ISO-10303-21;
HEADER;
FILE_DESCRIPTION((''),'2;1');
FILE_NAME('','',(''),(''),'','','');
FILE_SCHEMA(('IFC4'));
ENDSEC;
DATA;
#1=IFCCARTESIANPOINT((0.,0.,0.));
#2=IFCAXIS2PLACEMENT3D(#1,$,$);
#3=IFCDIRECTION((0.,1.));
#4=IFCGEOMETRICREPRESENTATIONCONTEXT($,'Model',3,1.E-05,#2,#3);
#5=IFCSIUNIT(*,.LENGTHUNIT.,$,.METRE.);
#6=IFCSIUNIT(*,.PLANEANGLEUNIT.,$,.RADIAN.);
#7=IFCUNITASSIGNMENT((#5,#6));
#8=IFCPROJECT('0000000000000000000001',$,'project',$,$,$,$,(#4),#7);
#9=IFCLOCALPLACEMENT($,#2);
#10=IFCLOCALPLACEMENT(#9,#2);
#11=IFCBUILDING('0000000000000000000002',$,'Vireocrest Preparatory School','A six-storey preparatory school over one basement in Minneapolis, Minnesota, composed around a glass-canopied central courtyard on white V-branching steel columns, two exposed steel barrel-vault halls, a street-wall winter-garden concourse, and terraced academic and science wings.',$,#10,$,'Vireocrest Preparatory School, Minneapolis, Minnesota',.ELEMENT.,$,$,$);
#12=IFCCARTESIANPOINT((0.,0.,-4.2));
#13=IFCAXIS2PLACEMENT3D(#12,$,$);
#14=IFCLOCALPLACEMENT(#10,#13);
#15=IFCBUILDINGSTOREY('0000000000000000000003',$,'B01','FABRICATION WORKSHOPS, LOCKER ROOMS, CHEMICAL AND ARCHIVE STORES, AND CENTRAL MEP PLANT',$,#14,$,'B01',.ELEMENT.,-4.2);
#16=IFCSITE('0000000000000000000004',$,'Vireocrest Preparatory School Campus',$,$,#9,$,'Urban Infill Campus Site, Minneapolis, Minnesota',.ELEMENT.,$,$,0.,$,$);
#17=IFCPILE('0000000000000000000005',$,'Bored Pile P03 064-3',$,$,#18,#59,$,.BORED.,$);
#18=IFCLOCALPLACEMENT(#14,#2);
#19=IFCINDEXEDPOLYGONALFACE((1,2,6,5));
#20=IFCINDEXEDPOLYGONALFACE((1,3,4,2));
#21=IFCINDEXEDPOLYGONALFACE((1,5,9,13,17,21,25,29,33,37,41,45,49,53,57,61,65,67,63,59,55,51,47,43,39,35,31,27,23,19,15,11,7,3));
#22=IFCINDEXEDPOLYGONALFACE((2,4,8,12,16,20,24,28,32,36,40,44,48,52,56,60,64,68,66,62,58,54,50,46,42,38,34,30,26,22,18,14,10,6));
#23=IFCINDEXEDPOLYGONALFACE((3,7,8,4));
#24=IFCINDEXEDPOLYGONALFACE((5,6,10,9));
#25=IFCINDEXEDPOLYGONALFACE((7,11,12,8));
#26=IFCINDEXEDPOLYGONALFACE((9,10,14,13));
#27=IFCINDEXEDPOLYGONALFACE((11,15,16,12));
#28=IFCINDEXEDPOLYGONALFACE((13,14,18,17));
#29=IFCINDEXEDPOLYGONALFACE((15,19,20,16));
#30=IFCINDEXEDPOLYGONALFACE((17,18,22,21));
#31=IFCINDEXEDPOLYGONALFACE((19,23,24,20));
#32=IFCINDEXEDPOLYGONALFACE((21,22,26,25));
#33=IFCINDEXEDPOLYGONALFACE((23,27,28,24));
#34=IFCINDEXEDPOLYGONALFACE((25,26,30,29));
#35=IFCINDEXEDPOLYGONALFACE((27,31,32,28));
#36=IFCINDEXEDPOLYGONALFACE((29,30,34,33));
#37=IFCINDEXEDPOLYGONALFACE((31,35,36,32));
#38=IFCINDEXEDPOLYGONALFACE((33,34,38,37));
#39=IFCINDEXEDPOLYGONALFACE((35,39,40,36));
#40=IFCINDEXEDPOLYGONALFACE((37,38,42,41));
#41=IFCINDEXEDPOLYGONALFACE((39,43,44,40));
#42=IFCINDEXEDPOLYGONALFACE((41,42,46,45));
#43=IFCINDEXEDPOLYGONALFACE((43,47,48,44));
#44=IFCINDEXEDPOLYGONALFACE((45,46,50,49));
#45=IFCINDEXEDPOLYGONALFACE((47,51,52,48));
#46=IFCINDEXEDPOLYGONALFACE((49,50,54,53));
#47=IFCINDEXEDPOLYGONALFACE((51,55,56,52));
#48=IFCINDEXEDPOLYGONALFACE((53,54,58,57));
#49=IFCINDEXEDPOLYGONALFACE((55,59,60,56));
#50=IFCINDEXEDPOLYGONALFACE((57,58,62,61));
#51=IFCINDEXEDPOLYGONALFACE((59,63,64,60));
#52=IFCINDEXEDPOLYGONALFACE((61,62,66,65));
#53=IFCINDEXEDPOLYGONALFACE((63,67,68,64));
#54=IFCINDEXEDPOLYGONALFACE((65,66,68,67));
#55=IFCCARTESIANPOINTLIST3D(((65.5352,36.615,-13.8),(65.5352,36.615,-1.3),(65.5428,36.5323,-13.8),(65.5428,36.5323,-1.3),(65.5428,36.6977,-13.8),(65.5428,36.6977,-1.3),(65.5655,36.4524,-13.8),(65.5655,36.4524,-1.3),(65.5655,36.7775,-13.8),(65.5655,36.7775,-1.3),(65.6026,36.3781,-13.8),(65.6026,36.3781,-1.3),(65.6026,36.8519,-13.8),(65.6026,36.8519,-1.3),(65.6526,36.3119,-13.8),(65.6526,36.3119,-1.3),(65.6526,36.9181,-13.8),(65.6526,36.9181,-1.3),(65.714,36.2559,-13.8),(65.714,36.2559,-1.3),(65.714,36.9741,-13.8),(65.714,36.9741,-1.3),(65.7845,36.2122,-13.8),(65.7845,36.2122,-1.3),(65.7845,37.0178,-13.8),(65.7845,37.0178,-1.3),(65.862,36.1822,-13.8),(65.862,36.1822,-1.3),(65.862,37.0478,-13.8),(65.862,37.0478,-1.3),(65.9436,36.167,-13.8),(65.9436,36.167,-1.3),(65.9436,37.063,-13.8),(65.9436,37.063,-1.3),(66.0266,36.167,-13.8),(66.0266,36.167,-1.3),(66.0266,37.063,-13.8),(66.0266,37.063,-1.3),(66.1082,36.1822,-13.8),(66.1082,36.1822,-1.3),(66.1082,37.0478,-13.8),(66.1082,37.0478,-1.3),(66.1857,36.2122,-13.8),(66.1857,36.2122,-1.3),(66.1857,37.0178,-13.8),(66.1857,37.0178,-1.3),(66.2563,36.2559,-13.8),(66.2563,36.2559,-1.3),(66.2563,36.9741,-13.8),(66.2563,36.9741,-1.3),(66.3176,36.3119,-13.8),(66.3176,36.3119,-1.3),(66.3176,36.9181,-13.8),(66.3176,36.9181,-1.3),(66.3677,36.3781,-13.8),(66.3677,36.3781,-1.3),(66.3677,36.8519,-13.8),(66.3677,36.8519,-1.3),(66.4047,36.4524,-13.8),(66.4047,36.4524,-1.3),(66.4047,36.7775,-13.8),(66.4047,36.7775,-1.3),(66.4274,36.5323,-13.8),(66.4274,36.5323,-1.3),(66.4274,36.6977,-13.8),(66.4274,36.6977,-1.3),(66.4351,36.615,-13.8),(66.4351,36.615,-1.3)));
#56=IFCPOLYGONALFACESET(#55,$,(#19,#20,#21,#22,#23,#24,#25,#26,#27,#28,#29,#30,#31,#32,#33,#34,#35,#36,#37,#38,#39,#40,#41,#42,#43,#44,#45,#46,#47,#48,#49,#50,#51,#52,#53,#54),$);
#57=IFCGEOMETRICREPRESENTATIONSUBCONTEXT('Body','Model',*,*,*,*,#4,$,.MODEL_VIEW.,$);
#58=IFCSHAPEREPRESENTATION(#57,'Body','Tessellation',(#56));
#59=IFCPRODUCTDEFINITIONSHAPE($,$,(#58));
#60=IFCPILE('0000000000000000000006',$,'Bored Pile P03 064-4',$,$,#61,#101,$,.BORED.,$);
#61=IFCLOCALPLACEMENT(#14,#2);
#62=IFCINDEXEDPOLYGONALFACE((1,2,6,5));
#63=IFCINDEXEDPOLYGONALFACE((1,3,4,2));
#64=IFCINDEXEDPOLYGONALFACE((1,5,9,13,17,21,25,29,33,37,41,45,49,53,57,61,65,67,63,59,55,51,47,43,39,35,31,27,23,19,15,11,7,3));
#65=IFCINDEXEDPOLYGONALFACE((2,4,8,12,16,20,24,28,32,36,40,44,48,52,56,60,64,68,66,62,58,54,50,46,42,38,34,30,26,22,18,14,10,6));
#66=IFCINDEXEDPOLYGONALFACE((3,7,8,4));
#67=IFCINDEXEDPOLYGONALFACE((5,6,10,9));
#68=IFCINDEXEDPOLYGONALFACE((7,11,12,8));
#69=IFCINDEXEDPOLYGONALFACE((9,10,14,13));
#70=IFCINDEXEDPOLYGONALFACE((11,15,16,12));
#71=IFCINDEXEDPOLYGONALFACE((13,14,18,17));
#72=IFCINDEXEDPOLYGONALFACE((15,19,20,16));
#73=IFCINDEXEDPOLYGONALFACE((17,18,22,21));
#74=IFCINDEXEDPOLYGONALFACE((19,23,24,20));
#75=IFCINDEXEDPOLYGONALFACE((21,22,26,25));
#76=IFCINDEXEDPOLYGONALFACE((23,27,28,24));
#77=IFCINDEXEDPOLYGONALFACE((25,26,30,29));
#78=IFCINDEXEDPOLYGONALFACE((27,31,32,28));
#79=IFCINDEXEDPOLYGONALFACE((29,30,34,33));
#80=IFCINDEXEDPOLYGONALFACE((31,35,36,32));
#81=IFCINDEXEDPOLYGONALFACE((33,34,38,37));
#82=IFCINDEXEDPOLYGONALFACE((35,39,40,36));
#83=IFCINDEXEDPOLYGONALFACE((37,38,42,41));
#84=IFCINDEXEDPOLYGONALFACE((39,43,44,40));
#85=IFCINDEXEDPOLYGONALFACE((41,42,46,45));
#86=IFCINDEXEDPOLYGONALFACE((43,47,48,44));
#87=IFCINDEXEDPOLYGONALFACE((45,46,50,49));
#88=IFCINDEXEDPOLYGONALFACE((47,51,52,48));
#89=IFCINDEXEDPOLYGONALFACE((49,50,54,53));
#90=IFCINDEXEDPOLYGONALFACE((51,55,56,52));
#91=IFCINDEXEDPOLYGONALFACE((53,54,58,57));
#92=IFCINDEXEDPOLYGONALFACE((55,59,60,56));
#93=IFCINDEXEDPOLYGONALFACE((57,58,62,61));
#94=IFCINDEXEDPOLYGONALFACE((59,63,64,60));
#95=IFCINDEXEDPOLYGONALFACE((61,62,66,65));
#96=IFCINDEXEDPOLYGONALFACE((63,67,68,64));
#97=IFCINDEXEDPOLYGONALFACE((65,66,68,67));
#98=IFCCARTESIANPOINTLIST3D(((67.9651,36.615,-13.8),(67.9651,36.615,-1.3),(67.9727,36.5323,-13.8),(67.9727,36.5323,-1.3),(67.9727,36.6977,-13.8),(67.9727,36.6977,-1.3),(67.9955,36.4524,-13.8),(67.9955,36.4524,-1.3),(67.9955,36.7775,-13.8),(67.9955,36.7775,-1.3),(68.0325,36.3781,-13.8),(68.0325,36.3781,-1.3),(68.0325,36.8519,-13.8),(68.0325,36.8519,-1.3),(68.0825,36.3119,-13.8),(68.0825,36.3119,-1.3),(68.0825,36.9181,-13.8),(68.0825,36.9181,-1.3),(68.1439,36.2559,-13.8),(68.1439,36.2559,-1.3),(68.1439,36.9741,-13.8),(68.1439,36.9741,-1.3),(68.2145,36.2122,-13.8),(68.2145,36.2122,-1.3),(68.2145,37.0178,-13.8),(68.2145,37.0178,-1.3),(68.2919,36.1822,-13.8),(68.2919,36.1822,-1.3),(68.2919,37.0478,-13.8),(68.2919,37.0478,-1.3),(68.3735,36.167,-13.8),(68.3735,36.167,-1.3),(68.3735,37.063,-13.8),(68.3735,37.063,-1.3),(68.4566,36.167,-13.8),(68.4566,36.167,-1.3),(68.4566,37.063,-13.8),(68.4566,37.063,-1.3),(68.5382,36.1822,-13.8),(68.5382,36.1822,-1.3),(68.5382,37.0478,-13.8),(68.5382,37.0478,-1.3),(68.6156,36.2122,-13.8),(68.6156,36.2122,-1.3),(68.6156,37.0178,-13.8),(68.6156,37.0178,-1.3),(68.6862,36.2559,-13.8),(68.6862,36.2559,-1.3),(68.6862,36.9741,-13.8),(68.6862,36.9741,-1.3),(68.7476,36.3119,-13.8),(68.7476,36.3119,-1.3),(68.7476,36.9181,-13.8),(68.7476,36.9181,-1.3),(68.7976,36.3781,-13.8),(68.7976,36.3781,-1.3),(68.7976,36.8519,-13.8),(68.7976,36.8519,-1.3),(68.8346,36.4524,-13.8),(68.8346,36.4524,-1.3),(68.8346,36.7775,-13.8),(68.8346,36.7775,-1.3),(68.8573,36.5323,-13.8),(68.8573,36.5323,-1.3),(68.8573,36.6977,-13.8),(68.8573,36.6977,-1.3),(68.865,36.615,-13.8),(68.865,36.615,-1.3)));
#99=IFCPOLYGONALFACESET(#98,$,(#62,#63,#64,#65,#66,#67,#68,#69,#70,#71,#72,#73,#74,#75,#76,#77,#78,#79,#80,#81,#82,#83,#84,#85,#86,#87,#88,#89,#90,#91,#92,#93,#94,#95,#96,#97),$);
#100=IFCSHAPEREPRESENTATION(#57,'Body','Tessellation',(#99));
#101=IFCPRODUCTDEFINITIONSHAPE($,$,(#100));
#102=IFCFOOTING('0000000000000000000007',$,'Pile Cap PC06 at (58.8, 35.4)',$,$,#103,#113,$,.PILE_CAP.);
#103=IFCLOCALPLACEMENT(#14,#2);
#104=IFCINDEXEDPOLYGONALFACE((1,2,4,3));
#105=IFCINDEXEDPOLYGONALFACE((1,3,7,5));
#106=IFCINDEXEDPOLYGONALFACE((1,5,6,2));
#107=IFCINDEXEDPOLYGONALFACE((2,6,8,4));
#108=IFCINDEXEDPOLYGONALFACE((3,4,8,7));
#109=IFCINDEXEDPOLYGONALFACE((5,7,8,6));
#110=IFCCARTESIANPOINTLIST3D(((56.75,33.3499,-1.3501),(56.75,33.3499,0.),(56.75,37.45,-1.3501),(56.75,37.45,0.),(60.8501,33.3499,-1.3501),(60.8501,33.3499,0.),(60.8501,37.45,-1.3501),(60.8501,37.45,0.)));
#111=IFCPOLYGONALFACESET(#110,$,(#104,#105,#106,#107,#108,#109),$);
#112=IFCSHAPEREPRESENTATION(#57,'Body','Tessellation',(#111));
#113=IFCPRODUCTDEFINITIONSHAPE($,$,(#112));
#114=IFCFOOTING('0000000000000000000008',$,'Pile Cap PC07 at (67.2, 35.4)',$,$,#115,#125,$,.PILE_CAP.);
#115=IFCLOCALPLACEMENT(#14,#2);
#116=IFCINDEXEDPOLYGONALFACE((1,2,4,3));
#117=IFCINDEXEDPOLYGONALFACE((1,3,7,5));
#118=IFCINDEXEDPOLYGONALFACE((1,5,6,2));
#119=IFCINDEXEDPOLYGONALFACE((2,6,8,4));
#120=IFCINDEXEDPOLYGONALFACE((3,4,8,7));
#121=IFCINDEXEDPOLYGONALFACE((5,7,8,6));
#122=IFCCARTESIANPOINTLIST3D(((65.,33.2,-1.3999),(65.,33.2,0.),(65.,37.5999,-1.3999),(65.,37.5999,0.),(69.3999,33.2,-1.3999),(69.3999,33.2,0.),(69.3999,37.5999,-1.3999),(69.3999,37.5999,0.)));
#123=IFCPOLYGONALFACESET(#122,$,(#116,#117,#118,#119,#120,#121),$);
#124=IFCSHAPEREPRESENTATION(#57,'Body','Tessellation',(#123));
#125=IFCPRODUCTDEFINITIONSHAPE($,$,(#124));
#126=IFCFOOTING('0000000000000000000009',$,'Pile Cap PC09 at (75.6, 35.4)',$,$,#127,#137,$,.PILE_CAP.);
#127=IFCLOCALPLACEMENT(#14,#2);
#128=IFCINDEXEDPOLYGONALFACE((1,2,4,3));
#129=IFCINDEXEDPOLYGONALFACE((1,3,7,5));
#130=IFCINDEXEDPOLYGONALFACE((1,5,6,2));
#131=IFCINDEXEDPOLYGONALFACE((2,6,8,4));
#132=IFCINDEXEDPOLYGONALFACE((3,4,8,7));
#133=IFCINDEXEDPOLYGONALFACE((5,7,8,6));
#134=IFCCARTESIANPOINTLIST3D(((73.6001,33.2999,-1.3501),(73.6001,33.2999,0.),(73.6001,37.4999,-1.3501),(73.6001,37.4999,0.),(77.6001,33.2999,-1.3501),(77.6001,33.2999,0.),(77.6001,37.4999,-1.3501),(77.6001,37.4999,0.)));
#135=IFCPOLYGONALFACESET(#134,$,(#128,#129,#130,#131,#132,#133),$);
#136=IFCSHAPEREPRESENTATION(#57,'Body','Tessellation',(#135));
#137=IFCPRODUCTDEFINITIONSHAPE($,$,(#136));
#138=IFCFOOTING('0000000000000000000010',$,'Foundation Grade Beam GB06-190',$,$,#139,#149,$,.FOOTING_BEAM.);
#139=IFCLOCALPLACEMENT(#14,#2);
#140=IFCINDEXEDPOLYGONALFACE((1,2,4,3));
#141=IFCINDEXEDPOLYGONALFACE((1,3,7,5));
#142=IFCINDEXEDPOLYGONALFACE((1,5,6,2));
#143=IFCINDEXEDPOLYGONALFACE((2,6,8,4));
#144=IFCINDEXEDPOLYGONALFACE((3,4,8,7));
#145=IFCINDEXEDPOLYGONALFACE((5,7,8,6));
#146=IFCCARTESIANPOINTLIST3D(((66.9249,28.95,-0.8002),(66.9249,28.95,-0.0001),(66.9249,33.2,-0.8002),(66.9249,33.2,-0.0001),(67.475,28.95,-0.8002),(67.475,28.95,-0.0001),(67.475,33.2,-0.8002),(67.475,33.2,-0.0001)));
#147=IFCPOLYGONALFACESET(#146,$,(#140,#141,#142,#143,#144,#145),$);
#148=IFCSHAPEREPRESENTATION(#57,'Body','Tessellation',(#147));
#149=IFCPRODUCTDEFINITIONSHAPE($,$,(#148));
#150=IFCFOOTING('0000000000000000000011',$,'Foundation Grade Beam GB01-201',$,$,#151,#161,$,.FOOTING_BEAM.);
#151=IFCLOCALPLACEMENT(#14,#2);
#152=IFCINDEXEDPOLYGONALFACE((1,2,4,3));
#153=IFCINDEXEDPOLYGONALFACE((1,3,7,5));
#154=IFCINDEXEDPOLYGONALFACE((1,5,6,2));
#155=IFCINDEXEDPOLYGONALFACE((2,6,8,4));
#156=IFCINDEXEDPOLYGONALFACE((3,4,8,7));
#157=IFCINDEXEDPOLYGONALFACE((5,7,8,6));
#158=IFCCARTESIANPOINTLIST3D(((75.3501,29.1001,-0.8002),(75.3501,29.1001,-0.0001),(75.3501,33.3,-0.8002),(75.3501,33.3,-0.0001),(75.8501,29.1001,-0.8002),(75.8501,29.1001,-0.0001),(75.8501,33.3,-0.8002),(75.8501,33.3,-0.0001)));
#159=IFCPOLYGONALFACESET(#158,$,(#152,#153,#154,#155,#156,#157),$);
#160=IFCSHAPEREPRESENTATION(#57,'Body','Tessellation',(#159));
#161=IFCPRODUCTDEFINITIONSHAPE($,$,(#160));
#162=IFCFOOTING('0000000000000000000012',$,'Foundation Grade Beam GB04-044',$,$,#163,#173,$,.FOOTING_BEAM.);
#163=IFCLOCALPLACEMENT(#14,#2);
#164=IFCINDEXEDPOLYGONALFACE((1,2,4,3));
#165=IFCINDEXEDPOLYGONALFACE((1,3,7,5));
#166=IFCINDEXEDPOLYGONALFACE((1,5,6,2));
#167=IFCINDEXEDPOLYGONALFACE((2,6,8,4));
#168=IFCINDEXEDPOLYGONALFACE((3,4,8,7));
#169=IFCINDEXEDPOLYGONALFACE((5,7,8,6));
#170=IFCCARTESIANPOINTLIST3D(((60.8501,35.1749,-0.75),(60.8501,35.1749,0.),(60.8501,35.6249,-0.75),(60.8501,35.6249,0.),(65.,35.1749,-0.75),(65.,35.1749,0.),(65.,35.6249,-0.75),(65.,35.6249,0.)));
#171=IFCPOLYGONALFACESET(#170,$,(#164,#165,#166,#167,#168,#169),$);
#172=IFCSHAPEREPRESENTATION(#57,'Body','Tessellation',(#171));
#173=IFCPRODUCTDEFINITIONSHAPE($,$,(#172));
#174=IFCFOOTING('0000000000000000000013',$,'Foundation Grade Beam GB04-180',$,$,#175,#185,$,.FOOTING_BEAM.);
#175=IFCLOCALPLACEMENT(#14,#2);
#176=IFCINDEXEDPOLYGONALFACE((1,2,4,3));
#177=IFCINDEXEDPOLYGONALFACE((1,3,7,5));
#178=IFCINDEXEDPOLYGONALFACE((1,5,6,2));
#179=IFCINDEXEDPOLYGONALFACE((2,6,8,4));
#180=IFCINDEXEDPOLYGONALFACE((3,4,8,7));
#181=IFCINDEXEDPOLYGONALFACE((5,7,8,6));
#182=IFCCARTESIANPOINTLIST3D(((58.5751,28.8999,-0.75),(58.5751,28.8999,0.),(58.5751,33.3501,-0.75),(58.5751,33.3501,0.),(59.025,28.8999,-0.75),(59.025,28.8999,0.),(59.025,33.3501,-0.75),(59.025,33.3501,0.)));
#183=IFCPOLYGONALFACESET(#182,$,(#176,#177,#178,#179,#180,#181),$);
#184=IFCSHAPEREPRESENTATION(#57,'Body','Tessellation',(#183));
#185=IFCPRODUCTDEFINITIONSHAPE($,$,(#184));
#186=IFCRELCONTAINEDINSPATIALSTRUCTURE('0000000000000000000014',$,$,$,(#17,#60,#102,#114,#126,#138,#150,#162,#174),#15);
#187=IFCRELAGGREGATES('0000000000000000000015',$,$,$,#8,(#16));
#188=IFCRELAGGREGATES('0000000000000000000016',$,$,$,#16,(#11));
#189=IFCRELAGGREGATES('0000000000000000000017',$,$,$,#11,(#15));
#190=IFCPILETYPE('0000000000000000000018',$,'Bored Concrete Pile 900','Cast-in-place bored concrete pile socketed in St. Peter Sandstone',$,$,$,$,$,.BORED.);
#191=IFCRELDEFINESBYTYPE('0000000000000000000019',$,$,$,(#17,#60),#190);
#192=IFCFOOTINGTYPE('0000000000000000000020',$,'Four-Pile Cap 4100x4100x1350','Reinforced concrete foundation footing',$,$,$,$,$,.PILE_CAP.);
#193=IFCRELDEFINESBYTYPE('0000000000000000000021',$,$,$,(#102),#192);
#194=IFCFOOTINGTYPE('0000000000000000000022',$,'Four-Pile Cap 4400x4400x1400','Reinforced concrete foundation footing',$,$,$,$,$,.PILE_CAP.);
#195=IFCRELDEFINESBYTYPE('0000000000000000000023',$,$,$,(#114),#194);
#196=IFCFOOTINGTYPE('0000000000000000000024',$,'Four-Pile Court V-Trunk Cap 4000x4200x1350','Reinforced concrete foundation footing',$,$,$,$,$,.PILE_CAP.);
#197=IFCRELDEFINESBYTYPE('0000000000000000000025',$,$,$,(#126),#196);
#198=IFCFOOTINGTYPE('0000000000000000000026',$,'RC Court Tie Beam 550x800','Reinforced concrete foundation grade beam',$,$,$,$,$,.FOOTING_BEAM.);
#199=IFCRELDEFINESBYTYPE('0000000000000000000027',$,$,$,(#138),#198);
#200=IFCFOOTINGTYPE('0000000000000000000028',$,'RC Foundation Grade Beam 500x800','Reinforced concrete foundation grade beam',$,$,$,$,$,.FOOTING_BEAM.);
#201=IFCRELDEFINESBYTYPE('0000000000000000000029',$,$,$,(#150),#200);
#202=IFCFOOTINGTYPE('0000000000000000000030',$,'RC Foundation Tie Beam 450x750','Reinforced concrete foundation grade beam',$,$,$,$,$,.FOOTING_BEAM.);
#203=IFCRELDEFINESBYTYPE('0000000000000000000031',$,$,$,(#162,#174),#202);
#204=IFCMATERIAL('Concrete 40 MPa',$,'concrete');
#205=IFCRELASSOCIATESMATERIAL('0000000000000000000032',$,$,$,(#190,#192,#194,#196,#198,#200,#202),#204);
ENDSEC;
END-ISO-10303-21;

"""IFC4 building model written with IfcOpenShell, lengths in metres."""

from ifc_helpers import new_model, si_unit, direction, frame, origin, origin_2d, place, context, subcontext, project, spatial, rectangle, circle, extrude, material, material_profile, profile_set, type_object, element, save


model = new_model("IFC4")

# Units and contexts
model_context = context("Model", 3, precision=1e-05, world=origin(), true_north=direction((0.0, 1.0)))
body_context = subcontext(model_context, "Body", "Model", "MODEL_VIEW")
ifc_project = project(units=[si_unit("LENGTHUNIT", "METRE"), si_unit("PLANEANGLEUNIT", "RADIAN")], contexts=[model_context])

# Site, building, storey
site_placement = place(None, origin())
site = spatial("IfcSite", under=ifc_project, at=site_placement, Name="Vireocrest Preparatory School Campus", LongName="Urban Infill Campus Site, Minneapolis, Minnesota", CompositionType="ELEMENT", RefElevation=0.0)
building_placement = place(site_placement, origin())
building = spatial("IfcBuilding", under=site, at=building_placement, Name="Vireocrest Preparatory School", Description="A six-storey preparatory school over one basement in Minneapolis, Minnesota, composed around a glass-canopied central courtyard on white V-branching steel columns, two exposed steel barrel-vault halls, a street-wall winter-garden concourse, and terraced academic and science wings.", LongName="Vireocrest Preparatory School, Minneapolis, Minnesota", CompositionType="ELEMENT")
storey_placement = place(building_placement, frame((0.0, 0.0, -4.2)))
storey = spatial("IfcBuildingStorey", under=building, at=storey_placement, Name="B01", Description="FABRICATION WORKSHOPS, LOCKER ROOMS, CHEMICAL AND ARCHIVE STORES, AND CENTRAL MEP PLANT", LongName="B01", CompositionType="ELEMENT", Elevation=-4.2)

# Piles
ifc_material_1 = material(Name="Concrete 40 MPa", Category="concrete")
ifc_material_profile_1 = material_profile(ifc_material_1, circle(Radius=0.45, at=origin_2d()), Name="BORED PILE 900")
ifc_profile_set_1 = profile_set([ifc_material_profile_1], Name="Concrete 40 MPa")
pile_type_1 = type_object("IfcPileType", Name="Bored Concrete Pile 900", Description="Cast-in-place bored concrete pile socketed in St. Peter Sandstone", PredefinedType="BORED", material=ifc_profile_set_1)
for number, where, z_axis, x_axis, name in (
    (1, (65.9851, 36.615, -1.3), (0.0, 0.0, -1.0), (1.0, 0.0, 0.0), "Bored Pile P03 064-3"),
    (2, (68.415, 36.615, -1.3), (0.0, 0.0, -1.0), (1.0, 0.0, 0.0), "Bored Pile P03 064-4"),
):
    element("IfcPile", number, at=place(storey_placement, frame(where, z_axis=z_axis, x_axis=x_axis)), inside=storey, type_object=pile_type_1, Name=name, PredefinedType="BORED", context=body_context, shape_type="SweptSolid", body=[
        extrude(circle(Radius=0.45, at=origin_2d()), origin(), (0.0, 0.0, 1.0), 12.5),
    ])

# Footings
footing_type_1 = type_object("IfcFootingType", Name="Four-Pile Cap 4100x4100x1350", Description="Reinforced concrete foundation footing", PredefinedType="PILE_CAP", material=ifc_material_1)
footing_1_placement = place(storey_placement, frame((58.8, 35.3999, -1.3501), z_axis=(0.0, 0.0, 1.0), x_axis=(1.0, 0.0, 0.0)))
element("IfcFooting", 3, at=footing_1_placement, inside=storey, type_object=footing_type_1, Name="Pile Cap PC06 at (58.8, 35.4)", PredefinedType="PILE_CAP", context=body_context, shape_type="SweptSolid", body=[
    extrude(rectangle(XDim=4.1001, YDim=4.1001, at=origin_2d()), origin(), (0.0, 0.0, 1.0), 1.3501),
])
footing_type_2 = type_object("IfcFootingType", Name="Four-Pile Cap 4400x4400x1400", Description="Reinforced concrete foundation footing", PredefinedType="PILE_CAP", material=ifc_material_1)
footing_2_placement = place(storey_placement, frame((67.2, 35.3999, -1.3999), z_axis=(0.0, 0.0, 1.0), x_axis=(1.0, 0.0, 0.0)))
element("IfcFooting", 4, at=footing_2_placement, inside=storey, type_object=footing_type_2, Name="Pile Cap PC07 at (67.2, 35.4)", PredefinedType="PILE_CAP", context=body_context, shape_type="SweptSolid", body=[
    extrude(rectangle(XDim=4.3999, YDim=4.3999, at=origin_2d()), origin(), (0.0, 0.0, 1.0), 1.3999),
])
footing_type_3 = type_object("IfcFootingType", Name="Four-Pile Court V-Trunk Cap 4000x4200x1350", Description="Reinforced concrete foundation footing", PredefinedType="PILE_CAP", material=ifc_material_1)
footing_3_placement = place(storey_placement, frame((75.6001, 35.3999, -1.3501), z_axis=(0.0, 0.0, 1.0), x_axis=(1.0, 0.0, 0.0)))
element("IfcFooting", 5, at=footing_3_placement, inside=storey, type_object=footing_type_3, Name="Pile Cap PC09 at (75.6, 35.4)", PredefinedType="PILE_CAP", context=body_context, shape_type="SweptSolid", body=[
    extrude(rectangle(XDim=4.0, YDim=4.2, at=origin_2d()), origin(), (0.0, 0.0, 1.0), 1.3501),
])
ifc_material_profile_2 = material_profile(ifc_material_1, rectangle(XDim=0.55, YDim=0.8, at=origin_2d()), Name="GB 550x800")
ifc_profile_set_2 = profile_set([ifc_material_profile_2], Name="Concrete 40 MPa")
footing_type_4 = type_object("IfcFootingType", Name="RC Court Tie Beam 550x800", Description="Reinforced concrete foundation grade beam", PredefinedType="FOOTING_BEAM", material=ifc_profile_set_2)
footing_4_placement = place(storey_placement, frame((67.2, 28.95, -0.4001), z_axis=(0.0, 1.0, 0.0), x_axis=(-1.0, 0.0, 0.0)))
element("IfcFooting", 6, at=footing_4_placement, inside=storey, type_object=footing_type_4, Name="Foundation Grade Beam GB06-190", PredefinedType="FOOTING_BEAM", context=body_context, shape_type="SweptSolid", body=[
    extrude(rectangle(XDim=0.55, YDim=0.8, at=origin_2d()), origin(), (0.0, 0.0, 1.0), 4.25),
])
ifc_material_profile_3 = material_profile(ifc_material_1, rectangle(XDim=0.5, YDim=0.8, at=origin_2d()), Name="GB 500x800")
ifc_profile_set_3 = profile_set([ifc_material_profile_3], Name="Concrete 40 MPa")
footing_type_5 = type_object("IfcFootingType", Name="RC Foundation Grade Beam 500x800", Description="Reinforced concrete foundation grade beam", PredefinedType="FOOTING_BEAM", material=ifc_profile_set_3)
footing_5_placement = place(storey_placement, frame((75.6001, 29.1001, -0.4001), z_axis=(0.0, 1.0, 0.0), x_axis=(-1.0, 0.0, 0.0)))
element("IfcFooting", 7, at=footing_5_placement, inside=storey, type_object=footing_type_5, Name="Foundation Grade Beam GB01-201", PredefinedType="FOOTING_BEAM", context=body_context, shape_type="SweptSolid", body=[
    extrude(rectangle(XDim=0.5, YDim=0.8, at=origin_2d()), origin(), (0.0, 0.0, 1.0), 4.2),
])
ifc_material_profile_4 = material_profile(ifc_material_1, rectangle(XDim=0.45, YDim=0.75, at=origin_2d()), Name="GB 450x750")
ifc_profile_set_4 = profile_set([ifc_material_profile_4], Name="Concrete 40 MPa")
footing_type_6 = type_object("IfcFootingType", Name="RC Foundation Tie Beam 450x750", Description="Reinforced concrete foundation grade beam", PredefinedType="FOOTING_BEAM", material=ifc_profile_set_4)
footing_6_placement = place(storey_placement, frame((60.8501, 35.3999, -0.375), z_axis=(1.0, 0.0, 0.0), x_axis=(0.0, 1.0, 0.0)))
element("IfcFooting", 8, at=footing_6_placement, inside=storey, type_object=footing_type_6, Name="Foundation Grade Beam GB04-044", PredefinedType="FOOTING_BEAM", context=body_context, shape_type="SweptSolid", body=[
    extrude(rectangle(XDim=0.45, YDim=0.75, at=origin_2d()), origin(), (0.0, 0.0, 1.0), 4.1499),
])
footing_7_placement = place(storey_placement, frame((58.8, 28.8999, -0.375), z_axis=(0.0, 1.0, 0.0), x_axis=(-1.0, 0.0, 0.0)))
element("IfcFooting", 9, at=footing_7_placement, inside=storey, type_object=footing_type_6, Name="Foundation Grade Beam GB04-180", PredefinedType="FOOTING_BEAM", context=body_context, shape_type="SweptSolid", body=[
    extrude(rectangle(XDim=0.45, YDim=0.75, at=origin_2d()), origin(), (0.0, 0.0, 1.0), 4.4502),
])

save(model, "model.ifc")
